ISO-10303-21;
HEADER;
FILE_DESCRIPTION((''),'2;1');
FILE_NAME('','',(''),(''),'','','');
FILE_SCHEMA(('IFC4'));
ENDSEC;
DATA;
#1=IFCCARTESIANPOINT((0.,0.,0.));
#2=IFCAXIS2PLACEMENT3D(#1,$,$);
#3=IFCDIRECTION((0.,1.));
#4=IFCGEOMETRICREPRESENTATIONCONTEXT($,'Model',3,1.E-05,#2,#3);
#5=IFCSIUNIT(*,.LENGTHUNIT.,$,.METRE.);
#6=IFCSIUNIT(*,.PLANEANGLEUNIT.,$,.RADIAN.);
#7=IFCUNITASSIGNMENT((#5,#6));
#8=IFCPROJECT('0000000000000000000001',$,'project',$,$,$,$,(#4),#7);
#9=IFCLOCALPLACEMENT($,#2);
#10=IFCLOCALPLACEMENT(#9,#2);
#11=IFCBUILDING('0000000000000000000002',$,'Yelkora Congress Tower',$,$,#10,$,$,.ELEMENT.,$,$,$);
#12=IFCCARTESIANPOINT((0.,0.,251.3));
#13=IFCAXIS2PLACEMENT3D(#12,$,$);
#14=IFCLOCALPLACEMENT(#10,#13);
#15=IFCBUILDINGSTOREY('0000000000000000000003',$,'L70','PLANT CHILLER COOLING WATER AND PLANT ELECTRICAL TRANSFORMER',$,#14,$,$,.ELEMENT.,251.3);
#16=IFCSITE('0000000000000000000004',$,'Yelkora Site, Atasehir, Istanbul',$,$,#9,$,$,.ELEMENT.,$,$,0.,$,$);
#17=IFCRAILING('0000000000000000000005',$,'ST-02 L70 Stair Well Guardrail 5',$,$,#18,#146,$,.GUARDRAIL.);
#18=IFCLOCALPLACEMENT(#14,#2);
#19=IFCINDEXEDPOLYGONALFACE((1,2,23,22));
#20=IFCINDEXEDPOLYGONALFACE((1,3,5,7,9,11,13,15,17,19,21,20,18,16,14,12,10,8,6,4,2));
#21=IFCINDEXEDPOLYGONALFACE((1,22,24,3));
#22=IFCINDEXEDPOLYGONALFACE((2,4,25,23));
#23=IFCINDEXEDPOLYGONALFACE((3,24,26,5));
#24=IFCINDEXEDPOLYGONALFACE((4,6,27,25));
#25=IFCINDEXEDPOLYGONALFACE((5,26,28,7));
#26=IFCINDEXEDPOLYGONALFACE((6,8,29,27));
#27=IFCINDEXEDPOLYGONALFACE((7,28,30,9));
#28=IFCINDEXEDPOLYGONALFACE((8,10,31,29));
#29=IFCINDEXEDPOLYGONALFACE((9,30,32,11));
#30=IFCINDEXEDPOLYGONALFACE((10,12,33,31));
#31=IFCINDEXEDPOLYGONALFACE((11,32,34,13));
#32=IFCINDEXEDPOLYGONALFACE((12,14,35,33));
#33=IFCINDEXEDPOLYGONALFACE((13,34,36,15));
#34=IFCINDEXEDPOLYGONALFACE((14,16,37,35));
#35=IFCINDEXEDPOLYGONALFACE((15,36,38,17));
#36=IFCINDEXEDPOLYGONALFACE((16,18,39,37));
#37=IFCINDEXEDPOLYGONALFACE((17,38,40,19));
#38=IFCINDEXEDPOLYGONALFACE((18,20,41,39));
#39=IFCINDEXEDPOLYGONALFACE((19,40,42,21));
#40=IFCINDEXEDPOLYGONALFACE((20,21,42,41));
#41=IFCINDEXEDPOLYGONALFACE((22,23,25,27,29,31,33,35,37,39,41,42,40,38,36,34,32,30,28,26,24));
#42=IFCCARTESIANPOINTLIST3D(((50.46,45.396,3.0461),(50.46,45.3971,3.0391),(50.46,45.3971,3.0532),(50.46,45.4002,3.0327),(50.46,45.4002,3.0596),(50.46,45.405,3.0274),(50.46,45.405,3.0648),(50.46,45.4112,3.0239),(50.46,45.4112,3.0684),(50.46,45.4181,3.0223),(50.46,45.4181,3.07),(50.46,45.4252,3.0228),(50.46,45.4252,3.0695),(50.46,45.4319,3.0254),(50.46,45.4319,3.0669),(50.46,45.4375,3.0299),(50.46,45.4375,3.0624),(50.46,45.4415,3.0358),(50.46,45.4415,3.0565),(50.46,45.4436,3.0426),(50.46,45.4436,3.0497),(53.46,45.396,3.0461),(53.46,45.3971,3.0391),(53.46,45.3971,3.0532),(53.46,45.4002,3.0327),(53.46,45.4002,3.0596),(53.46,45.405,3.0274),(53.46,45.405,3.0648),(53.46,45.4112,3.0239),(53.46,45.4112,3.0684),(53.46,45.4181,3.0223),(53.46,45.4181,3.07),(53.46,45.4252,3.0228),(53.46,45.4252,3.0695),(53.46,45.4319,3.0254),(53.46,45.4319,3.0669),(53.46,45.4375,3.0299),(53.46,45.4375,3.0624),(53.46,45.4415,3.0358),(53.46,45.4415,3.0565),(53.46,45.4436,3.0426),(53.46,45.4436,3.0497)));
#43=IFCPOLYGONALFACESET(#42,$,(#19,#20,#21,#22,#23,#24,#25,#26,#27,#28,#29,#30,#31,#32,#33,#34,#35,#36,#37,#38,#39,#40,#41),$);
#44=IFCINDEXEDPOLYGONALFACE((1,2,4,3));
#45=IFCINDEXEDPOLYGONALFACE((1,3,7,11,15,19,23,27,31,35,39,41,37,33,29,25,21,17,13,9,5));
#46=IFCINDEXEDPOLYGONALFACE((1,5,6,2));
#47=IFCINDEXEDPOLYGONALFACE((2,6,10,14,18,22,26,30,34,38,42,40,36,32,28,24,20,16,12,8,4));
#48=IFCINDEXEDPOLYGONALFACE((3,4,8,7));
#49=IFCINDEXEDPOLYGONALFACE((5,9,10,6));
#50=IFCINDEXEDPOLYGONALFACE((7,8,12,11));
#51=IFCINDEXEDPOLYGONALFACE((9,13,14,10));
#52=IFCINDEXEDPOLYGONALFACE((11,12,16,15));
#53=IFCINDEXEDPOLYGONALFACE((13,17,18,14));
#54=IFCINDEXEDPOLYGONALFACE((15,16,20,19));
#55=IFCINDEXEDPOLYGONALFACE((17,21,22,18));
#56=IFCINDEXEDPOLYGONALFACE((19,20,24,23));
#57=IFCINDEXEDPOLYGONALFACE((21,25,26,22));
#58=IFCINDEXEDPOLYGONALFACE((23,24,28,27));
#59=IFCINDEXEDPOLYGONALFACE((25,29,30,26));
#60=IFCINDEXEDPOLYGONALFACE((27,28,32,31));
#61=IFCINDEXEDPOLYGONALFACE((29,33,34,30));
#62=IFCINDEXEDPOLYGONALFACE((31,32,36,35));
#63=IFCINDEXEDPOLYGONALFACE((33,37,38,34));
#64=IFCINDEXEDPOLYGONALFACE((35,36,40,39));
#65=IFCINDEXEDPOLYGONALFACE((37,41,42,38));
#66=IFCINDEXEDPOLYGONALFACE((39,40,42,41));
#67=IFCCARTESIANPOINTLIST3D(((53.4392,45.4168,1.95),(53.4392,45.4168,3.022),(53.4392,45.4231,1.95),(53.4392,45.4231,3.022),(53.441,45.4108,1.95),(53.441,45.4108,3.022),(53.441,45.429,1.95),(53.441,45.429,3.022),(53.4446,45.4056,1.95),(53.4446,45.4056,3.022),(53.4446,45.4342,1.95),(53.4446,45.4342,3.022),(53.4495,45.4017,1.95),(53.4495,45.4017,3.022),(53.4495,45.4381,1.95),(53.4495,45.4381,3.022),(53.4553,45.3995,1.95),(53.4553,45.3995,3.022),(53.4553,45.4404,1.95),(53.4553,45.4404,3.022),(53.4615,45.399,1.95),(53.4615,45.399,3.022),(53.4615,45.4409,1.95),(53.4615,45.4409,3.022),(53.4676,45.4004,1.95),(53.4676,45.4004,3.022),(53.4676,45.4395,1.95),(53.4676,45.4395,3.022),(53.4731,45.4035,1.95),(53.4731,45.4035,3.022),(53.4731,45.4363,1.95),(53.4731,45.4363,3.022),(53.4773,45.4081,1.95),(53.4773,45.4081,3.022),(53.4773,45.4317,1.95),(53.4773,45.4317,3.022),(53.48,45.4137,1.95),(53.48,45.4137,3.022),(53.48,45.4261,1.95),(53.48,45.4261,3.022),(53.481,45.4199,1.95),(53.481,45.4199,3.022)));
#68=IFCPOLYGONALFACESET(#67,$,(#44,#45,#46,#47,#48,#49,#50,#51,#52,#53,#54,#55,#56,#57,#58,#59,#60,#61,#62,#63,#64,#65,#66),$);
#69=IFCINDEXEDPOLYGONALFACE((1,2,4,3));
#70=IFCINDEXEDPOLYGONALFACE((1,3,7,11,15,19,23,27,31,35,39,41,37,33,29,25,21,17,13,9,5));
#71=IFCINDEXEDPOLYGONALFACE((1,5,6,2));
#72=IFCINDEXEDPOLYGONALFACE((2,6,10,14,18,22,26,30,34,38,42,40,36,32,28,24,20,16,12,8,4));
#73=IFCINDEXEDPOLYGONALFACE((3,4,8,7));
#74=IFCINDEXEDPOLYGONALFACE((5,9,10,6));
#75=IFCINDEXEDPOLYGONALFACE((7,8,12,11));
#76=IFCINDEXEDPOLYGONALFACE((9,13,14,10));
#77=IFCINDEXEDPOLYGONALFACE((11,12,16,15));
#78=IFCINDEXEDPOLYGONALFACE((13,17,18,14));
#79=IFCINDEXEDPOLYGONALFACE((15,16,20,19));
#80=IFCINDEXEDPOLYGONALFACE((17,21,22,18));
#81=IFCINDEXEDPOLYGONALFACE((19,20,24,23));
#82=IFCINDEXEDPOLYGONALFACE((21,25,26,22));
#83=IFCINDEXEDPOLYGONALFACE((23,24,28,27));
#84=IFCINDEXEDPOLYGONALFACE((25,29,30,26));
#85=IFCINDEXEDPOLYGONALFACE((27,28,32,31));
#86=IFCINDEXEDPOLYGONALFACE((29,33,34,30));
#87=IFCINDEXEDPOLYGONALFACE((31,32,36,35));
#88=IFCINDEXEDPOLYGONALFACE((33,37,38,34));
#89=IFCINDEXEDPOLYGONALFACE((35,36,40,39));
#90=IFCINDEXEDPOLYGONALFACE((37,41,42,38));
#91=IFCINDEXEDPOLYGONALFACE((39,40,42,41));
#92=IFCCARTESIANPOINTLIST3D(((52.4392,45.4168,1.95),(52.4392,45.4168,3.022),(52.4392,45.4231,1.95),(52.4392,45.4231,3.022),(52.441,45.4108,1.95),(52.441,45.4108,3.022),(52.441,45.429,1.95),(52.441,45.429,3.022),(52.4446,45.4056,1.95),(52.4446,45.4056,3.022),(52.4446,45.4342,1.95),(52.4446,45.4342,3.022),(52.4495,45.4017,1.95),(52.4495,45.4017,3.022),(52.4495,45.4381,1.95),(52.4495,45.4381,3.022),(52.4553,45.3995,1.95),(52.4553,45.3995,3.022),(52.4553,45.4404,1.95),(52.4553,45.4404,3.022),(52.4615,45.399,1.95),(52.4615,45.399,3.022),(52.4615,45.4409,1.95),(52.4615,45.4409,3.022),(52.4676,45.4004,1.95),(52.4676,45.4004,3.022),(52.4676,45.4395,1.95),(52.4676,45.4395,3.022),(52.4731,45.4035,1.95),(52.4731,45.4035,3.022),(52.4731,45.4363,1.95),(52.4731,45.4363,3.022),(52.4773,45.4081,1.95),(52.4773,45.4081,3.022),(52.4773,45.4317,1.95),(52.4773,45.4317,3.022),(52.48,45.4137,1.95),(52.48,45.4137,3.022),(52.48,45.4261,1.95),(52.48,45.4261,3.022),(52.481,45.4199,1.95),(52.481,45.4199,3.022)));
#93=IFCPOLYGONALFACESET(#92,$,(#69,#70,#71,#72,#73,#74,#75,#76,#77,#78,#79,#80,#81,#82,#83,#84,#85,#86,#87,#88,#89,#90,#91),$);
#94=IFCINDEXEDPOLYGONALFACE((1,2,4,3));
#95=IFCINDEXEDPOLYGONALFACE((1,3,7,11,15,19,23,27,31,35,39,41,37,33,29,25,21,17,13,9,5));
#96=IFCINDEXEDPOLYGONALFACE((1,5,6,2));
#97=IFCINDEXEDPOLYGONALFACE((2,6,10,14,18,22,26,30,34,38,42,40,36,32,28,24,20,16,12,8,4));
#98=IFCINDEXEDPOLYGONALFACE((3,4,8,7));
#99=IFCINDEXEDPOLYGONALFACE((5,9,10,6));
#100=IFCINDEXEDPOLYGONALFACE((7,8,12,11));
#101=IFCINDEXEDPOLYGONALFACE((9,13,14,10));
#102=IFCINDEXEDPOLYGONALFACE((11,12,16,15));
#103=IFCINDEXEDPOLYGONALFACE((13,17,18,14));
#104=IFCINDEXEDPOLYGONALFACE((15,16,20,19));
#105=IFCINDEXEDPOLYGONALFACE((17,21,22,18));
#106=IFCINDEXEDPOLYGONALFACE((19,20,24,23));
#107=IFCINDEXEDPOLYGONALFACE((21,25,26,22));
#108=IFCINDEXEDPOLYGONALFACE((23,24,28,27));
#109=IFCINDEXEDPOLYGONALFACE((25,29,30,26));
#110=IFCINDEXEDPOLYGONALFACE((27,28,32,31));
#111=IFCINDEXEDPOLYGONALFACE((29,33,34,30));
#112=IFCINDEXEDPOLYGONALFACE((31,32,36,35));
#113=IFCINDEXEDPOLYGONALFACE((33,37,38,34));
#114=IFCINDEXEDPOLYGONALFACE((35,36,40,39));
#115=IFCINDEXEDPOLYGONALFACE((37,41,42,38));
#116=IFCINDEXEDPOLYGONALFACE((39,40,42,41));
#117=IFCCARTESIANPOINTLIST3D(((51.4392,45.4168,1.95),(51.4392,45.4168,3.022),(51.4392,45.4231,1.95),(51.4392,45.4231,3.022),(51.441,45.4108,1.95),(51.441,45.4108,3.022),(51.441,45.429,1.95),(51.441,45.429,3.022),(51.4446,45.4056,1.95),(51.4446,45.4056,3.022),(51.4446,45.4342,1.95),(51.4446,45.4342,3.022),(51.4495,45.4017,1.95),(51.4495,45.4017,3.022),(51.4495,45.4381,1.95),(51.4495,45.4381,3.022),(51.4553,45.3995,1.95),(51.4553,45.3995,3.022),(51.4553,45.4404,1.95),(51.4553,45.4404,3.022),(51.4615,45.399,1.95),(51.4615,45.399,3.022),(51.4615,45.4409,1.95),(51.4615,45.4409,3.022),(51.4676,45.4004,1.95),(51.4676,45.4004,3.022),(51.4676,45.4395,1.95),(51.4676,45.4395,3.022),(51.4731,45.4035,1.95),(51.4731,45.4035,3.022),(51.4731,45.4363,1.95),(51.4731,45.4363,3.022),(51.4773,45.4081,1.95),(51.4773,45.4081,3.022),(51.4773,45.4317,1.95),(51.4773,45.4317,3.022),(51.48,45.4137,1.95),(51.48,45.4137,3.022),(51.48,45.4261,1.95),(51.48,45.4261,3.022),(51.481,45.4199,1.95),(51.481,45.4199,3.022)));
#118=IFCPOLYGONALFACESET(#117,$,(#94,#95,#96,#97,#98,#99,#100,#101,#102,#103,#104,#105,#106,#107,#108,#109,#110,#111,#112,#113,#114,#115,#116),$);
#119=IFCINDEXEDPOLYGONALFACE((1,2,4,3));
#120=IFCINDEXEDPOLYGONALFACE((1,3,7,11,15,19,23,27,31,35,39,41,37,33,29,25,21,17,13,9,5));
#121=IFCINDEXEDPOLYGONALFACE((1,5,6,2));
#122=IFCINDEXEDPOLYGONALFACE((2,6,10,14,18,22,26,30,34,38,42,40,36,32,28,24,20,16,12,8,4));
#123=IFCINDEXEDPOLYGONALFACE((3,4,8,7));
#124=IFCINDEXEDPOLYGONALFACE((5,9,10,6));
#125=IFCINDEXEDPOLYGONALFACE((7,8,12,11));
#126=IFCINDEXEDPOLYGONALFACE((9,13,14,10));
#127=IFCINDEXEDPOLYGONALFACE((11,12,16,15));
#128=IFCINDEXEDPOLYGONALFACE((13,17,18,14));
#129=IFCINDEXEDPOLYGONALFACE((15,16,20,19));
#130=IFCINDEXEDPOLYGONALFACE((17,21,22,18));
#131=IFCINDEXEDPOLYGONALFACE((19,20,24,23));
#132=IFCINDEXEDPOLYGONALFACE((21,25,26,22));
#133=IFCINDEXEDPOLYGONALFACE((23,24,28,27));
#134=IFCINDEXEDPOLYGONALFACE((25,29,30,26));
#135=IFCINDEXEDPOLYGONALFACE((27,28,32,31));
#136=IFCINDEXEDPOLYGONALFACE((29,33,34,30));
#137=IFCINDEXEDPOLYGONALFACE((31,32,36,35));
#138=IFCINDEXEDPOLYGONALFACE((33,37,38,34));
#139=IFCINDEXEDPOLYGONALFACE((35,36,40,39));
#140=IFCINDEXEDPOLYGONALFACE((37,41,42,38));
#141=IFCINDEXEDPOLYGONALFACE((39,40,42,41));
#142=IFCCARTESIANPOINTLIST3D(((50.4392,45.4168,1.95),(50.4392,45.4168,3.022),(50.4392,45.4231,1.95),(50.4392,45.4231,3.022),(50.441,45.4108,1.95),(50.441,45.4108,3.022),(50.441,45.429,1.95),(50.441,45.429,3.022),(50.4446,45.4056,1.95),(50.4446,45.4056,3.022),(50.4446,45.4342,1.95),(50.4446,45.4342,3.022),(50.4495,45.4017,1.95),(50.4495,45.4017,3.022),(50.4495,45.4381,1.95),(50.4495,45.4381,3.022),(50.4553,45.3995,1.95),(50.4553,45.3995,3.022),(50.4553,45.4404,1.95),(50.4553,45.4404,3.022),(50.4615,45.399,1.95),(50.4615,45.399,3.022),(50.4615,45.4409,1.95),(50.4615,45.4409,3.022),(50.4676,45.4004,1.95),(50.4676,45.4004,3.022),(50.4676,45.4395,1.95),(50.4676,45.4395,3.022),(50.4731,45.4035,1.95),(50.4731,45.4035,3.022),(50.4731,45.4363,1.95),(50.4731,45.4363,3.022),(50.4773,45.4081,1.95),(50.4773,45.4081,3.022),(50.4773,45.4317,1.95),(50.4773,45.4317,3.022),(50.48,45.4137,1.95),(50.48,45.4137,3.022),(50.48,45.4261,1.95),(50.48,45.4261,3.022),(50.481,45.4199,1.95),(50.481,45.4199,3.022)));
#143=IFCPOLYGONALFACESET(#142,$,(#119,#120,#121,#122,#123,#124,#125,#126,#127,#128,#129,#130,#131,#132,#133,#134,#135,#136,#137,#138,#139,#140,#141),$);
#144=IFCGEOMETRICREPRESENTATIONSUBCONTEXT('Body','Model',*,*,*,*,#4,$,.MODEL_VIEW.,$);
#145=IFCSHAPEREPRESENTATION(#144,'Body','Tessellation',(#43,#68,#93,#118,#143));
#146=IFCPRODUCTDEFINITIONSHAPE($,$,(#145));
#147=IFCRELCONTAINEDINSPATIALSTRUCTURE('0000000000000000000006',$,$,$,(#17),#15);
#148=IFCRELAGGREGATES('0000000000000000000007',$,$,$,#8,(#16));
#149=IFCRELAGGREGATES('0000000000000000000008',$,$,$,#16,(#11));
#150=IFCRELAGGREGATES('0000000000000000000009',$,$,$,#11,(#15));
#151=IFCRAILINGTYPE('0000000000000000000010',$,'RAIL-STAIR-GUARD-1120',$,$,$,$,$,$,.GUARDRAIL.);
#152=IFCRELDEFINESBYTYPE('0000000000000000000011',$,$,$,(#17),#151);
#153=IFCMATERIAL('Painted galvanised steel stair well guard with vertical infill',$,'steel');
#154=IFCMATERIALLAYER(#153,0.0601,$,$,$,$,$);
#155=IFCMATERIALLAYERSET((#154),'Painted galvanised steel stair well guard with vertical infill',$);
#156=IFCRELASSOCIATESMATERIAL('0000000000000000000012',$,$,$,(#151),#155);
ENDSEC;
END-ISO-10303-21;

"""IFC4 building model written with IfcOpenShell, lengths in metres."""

from ifc_helpers import new_model, si_unit, direction, frame, origin, origin_2d, place, context, subcontext, project, spatial, circle, extrude, material, layer, layer_set, type_object, element, save


model = new_model("IFC4")

# Units and contexts
model_context = context("Model", 3, precision=1e-05, world=origin(), true_north=direction((0.0, 1.0)))
body_context = subcontext(model_context, "Body", "Model", "MODEL_VIEW")
ifc_project = project(units=[si_unit("LENGTHUNIT", "METRE"), si_unit("PLANEANGLEUNIT", "RADIAN")], contexts=[model_context])

# Site, building, storey
site_placement = place(None, origin())
site = spatial("IfcSite", under=ifc_project, at=site_placement, Name="Yelkora Site, Atasehir, Istanbul", CompositionType="ELEMENT", RefElevation=0.0)
building_placement = place(site_placement, origin())
building = spatial("IfcBuilding", under=site, at=building_placement, Name="Yelkora Congress Tower", CompositionType="ELEMENT")
storey_placement = place(building_placement, frame((0.0, 0.0, 251.3)))
storey = spatial("IfcBuildingStorey", under=building, at=storey_placement, Name="L70", Description="PLANT CHILLER COOLING WATER AND PLANT ELECTRICAL TRANSFORMER", CompositionType="ELEMENT", Elevation=251.3)

# Railing
ifc_material_1 = material(Name="Painted galvanised steel stair well guard with vertical infill", Category="steel")
ifc_layer_1 = layer(ifc_material_1, 0.0601)
ifc_layer_set_1 = layer_set([ifc_layer_1], Name="Painted galvanised steel stair well guard with vertical infill")
railing_type_1 = type_object("IfcRailingType", Name="RAIL-STAIR-GUARD-1120", PredefinedType="GUARDRAIL", material=ifc_layer_set_1)
railing_1_placement = place(storey_placement, frame((53.46, 45.4199, 1.95)))
element("IfcRailing", 1, at=railing_1_placement, inside=storey, type_object=railing_type_1, Name="ST-02 L70 Stair Well Guardrail 5", PredefinedType="GUARDRAIL", context=body_context, shape_type="SweptSolid", body=[
    extrude(circle(Radius=0.0239, at=origin_2d()), frame((0.0, 0.0, 1.0962), z_axis=(-1.0, 0.0, 0.0), x_axis=(0.0, -1.0, 0.0)), (0.0, 0.0, 1.0), 3.0),
    extrude(circle(Radius=0.021, at=origin_2d()), origin(), (0.0, 0.0, 1.0), 1.072),
    extrude(circle(Radius=0.021, at=origin_2d()), frame((-1.0, 0.0, 0.0)), (0.0, 0.0, 1.0), 1.072),
    extrude(circle(Radius=0.021, at=origin_2d()), frame((-2.0, 0.0, 0.0)), (0.0, 0.0, 1.0), 1.072),
    extrude(circle(Radius=0.021, at=origin_2d()), frame((-3.0, 0.0, 0.0)), (0.0, 0.0, 1.0), 1.072),
])

save(model, "model.ifc")
